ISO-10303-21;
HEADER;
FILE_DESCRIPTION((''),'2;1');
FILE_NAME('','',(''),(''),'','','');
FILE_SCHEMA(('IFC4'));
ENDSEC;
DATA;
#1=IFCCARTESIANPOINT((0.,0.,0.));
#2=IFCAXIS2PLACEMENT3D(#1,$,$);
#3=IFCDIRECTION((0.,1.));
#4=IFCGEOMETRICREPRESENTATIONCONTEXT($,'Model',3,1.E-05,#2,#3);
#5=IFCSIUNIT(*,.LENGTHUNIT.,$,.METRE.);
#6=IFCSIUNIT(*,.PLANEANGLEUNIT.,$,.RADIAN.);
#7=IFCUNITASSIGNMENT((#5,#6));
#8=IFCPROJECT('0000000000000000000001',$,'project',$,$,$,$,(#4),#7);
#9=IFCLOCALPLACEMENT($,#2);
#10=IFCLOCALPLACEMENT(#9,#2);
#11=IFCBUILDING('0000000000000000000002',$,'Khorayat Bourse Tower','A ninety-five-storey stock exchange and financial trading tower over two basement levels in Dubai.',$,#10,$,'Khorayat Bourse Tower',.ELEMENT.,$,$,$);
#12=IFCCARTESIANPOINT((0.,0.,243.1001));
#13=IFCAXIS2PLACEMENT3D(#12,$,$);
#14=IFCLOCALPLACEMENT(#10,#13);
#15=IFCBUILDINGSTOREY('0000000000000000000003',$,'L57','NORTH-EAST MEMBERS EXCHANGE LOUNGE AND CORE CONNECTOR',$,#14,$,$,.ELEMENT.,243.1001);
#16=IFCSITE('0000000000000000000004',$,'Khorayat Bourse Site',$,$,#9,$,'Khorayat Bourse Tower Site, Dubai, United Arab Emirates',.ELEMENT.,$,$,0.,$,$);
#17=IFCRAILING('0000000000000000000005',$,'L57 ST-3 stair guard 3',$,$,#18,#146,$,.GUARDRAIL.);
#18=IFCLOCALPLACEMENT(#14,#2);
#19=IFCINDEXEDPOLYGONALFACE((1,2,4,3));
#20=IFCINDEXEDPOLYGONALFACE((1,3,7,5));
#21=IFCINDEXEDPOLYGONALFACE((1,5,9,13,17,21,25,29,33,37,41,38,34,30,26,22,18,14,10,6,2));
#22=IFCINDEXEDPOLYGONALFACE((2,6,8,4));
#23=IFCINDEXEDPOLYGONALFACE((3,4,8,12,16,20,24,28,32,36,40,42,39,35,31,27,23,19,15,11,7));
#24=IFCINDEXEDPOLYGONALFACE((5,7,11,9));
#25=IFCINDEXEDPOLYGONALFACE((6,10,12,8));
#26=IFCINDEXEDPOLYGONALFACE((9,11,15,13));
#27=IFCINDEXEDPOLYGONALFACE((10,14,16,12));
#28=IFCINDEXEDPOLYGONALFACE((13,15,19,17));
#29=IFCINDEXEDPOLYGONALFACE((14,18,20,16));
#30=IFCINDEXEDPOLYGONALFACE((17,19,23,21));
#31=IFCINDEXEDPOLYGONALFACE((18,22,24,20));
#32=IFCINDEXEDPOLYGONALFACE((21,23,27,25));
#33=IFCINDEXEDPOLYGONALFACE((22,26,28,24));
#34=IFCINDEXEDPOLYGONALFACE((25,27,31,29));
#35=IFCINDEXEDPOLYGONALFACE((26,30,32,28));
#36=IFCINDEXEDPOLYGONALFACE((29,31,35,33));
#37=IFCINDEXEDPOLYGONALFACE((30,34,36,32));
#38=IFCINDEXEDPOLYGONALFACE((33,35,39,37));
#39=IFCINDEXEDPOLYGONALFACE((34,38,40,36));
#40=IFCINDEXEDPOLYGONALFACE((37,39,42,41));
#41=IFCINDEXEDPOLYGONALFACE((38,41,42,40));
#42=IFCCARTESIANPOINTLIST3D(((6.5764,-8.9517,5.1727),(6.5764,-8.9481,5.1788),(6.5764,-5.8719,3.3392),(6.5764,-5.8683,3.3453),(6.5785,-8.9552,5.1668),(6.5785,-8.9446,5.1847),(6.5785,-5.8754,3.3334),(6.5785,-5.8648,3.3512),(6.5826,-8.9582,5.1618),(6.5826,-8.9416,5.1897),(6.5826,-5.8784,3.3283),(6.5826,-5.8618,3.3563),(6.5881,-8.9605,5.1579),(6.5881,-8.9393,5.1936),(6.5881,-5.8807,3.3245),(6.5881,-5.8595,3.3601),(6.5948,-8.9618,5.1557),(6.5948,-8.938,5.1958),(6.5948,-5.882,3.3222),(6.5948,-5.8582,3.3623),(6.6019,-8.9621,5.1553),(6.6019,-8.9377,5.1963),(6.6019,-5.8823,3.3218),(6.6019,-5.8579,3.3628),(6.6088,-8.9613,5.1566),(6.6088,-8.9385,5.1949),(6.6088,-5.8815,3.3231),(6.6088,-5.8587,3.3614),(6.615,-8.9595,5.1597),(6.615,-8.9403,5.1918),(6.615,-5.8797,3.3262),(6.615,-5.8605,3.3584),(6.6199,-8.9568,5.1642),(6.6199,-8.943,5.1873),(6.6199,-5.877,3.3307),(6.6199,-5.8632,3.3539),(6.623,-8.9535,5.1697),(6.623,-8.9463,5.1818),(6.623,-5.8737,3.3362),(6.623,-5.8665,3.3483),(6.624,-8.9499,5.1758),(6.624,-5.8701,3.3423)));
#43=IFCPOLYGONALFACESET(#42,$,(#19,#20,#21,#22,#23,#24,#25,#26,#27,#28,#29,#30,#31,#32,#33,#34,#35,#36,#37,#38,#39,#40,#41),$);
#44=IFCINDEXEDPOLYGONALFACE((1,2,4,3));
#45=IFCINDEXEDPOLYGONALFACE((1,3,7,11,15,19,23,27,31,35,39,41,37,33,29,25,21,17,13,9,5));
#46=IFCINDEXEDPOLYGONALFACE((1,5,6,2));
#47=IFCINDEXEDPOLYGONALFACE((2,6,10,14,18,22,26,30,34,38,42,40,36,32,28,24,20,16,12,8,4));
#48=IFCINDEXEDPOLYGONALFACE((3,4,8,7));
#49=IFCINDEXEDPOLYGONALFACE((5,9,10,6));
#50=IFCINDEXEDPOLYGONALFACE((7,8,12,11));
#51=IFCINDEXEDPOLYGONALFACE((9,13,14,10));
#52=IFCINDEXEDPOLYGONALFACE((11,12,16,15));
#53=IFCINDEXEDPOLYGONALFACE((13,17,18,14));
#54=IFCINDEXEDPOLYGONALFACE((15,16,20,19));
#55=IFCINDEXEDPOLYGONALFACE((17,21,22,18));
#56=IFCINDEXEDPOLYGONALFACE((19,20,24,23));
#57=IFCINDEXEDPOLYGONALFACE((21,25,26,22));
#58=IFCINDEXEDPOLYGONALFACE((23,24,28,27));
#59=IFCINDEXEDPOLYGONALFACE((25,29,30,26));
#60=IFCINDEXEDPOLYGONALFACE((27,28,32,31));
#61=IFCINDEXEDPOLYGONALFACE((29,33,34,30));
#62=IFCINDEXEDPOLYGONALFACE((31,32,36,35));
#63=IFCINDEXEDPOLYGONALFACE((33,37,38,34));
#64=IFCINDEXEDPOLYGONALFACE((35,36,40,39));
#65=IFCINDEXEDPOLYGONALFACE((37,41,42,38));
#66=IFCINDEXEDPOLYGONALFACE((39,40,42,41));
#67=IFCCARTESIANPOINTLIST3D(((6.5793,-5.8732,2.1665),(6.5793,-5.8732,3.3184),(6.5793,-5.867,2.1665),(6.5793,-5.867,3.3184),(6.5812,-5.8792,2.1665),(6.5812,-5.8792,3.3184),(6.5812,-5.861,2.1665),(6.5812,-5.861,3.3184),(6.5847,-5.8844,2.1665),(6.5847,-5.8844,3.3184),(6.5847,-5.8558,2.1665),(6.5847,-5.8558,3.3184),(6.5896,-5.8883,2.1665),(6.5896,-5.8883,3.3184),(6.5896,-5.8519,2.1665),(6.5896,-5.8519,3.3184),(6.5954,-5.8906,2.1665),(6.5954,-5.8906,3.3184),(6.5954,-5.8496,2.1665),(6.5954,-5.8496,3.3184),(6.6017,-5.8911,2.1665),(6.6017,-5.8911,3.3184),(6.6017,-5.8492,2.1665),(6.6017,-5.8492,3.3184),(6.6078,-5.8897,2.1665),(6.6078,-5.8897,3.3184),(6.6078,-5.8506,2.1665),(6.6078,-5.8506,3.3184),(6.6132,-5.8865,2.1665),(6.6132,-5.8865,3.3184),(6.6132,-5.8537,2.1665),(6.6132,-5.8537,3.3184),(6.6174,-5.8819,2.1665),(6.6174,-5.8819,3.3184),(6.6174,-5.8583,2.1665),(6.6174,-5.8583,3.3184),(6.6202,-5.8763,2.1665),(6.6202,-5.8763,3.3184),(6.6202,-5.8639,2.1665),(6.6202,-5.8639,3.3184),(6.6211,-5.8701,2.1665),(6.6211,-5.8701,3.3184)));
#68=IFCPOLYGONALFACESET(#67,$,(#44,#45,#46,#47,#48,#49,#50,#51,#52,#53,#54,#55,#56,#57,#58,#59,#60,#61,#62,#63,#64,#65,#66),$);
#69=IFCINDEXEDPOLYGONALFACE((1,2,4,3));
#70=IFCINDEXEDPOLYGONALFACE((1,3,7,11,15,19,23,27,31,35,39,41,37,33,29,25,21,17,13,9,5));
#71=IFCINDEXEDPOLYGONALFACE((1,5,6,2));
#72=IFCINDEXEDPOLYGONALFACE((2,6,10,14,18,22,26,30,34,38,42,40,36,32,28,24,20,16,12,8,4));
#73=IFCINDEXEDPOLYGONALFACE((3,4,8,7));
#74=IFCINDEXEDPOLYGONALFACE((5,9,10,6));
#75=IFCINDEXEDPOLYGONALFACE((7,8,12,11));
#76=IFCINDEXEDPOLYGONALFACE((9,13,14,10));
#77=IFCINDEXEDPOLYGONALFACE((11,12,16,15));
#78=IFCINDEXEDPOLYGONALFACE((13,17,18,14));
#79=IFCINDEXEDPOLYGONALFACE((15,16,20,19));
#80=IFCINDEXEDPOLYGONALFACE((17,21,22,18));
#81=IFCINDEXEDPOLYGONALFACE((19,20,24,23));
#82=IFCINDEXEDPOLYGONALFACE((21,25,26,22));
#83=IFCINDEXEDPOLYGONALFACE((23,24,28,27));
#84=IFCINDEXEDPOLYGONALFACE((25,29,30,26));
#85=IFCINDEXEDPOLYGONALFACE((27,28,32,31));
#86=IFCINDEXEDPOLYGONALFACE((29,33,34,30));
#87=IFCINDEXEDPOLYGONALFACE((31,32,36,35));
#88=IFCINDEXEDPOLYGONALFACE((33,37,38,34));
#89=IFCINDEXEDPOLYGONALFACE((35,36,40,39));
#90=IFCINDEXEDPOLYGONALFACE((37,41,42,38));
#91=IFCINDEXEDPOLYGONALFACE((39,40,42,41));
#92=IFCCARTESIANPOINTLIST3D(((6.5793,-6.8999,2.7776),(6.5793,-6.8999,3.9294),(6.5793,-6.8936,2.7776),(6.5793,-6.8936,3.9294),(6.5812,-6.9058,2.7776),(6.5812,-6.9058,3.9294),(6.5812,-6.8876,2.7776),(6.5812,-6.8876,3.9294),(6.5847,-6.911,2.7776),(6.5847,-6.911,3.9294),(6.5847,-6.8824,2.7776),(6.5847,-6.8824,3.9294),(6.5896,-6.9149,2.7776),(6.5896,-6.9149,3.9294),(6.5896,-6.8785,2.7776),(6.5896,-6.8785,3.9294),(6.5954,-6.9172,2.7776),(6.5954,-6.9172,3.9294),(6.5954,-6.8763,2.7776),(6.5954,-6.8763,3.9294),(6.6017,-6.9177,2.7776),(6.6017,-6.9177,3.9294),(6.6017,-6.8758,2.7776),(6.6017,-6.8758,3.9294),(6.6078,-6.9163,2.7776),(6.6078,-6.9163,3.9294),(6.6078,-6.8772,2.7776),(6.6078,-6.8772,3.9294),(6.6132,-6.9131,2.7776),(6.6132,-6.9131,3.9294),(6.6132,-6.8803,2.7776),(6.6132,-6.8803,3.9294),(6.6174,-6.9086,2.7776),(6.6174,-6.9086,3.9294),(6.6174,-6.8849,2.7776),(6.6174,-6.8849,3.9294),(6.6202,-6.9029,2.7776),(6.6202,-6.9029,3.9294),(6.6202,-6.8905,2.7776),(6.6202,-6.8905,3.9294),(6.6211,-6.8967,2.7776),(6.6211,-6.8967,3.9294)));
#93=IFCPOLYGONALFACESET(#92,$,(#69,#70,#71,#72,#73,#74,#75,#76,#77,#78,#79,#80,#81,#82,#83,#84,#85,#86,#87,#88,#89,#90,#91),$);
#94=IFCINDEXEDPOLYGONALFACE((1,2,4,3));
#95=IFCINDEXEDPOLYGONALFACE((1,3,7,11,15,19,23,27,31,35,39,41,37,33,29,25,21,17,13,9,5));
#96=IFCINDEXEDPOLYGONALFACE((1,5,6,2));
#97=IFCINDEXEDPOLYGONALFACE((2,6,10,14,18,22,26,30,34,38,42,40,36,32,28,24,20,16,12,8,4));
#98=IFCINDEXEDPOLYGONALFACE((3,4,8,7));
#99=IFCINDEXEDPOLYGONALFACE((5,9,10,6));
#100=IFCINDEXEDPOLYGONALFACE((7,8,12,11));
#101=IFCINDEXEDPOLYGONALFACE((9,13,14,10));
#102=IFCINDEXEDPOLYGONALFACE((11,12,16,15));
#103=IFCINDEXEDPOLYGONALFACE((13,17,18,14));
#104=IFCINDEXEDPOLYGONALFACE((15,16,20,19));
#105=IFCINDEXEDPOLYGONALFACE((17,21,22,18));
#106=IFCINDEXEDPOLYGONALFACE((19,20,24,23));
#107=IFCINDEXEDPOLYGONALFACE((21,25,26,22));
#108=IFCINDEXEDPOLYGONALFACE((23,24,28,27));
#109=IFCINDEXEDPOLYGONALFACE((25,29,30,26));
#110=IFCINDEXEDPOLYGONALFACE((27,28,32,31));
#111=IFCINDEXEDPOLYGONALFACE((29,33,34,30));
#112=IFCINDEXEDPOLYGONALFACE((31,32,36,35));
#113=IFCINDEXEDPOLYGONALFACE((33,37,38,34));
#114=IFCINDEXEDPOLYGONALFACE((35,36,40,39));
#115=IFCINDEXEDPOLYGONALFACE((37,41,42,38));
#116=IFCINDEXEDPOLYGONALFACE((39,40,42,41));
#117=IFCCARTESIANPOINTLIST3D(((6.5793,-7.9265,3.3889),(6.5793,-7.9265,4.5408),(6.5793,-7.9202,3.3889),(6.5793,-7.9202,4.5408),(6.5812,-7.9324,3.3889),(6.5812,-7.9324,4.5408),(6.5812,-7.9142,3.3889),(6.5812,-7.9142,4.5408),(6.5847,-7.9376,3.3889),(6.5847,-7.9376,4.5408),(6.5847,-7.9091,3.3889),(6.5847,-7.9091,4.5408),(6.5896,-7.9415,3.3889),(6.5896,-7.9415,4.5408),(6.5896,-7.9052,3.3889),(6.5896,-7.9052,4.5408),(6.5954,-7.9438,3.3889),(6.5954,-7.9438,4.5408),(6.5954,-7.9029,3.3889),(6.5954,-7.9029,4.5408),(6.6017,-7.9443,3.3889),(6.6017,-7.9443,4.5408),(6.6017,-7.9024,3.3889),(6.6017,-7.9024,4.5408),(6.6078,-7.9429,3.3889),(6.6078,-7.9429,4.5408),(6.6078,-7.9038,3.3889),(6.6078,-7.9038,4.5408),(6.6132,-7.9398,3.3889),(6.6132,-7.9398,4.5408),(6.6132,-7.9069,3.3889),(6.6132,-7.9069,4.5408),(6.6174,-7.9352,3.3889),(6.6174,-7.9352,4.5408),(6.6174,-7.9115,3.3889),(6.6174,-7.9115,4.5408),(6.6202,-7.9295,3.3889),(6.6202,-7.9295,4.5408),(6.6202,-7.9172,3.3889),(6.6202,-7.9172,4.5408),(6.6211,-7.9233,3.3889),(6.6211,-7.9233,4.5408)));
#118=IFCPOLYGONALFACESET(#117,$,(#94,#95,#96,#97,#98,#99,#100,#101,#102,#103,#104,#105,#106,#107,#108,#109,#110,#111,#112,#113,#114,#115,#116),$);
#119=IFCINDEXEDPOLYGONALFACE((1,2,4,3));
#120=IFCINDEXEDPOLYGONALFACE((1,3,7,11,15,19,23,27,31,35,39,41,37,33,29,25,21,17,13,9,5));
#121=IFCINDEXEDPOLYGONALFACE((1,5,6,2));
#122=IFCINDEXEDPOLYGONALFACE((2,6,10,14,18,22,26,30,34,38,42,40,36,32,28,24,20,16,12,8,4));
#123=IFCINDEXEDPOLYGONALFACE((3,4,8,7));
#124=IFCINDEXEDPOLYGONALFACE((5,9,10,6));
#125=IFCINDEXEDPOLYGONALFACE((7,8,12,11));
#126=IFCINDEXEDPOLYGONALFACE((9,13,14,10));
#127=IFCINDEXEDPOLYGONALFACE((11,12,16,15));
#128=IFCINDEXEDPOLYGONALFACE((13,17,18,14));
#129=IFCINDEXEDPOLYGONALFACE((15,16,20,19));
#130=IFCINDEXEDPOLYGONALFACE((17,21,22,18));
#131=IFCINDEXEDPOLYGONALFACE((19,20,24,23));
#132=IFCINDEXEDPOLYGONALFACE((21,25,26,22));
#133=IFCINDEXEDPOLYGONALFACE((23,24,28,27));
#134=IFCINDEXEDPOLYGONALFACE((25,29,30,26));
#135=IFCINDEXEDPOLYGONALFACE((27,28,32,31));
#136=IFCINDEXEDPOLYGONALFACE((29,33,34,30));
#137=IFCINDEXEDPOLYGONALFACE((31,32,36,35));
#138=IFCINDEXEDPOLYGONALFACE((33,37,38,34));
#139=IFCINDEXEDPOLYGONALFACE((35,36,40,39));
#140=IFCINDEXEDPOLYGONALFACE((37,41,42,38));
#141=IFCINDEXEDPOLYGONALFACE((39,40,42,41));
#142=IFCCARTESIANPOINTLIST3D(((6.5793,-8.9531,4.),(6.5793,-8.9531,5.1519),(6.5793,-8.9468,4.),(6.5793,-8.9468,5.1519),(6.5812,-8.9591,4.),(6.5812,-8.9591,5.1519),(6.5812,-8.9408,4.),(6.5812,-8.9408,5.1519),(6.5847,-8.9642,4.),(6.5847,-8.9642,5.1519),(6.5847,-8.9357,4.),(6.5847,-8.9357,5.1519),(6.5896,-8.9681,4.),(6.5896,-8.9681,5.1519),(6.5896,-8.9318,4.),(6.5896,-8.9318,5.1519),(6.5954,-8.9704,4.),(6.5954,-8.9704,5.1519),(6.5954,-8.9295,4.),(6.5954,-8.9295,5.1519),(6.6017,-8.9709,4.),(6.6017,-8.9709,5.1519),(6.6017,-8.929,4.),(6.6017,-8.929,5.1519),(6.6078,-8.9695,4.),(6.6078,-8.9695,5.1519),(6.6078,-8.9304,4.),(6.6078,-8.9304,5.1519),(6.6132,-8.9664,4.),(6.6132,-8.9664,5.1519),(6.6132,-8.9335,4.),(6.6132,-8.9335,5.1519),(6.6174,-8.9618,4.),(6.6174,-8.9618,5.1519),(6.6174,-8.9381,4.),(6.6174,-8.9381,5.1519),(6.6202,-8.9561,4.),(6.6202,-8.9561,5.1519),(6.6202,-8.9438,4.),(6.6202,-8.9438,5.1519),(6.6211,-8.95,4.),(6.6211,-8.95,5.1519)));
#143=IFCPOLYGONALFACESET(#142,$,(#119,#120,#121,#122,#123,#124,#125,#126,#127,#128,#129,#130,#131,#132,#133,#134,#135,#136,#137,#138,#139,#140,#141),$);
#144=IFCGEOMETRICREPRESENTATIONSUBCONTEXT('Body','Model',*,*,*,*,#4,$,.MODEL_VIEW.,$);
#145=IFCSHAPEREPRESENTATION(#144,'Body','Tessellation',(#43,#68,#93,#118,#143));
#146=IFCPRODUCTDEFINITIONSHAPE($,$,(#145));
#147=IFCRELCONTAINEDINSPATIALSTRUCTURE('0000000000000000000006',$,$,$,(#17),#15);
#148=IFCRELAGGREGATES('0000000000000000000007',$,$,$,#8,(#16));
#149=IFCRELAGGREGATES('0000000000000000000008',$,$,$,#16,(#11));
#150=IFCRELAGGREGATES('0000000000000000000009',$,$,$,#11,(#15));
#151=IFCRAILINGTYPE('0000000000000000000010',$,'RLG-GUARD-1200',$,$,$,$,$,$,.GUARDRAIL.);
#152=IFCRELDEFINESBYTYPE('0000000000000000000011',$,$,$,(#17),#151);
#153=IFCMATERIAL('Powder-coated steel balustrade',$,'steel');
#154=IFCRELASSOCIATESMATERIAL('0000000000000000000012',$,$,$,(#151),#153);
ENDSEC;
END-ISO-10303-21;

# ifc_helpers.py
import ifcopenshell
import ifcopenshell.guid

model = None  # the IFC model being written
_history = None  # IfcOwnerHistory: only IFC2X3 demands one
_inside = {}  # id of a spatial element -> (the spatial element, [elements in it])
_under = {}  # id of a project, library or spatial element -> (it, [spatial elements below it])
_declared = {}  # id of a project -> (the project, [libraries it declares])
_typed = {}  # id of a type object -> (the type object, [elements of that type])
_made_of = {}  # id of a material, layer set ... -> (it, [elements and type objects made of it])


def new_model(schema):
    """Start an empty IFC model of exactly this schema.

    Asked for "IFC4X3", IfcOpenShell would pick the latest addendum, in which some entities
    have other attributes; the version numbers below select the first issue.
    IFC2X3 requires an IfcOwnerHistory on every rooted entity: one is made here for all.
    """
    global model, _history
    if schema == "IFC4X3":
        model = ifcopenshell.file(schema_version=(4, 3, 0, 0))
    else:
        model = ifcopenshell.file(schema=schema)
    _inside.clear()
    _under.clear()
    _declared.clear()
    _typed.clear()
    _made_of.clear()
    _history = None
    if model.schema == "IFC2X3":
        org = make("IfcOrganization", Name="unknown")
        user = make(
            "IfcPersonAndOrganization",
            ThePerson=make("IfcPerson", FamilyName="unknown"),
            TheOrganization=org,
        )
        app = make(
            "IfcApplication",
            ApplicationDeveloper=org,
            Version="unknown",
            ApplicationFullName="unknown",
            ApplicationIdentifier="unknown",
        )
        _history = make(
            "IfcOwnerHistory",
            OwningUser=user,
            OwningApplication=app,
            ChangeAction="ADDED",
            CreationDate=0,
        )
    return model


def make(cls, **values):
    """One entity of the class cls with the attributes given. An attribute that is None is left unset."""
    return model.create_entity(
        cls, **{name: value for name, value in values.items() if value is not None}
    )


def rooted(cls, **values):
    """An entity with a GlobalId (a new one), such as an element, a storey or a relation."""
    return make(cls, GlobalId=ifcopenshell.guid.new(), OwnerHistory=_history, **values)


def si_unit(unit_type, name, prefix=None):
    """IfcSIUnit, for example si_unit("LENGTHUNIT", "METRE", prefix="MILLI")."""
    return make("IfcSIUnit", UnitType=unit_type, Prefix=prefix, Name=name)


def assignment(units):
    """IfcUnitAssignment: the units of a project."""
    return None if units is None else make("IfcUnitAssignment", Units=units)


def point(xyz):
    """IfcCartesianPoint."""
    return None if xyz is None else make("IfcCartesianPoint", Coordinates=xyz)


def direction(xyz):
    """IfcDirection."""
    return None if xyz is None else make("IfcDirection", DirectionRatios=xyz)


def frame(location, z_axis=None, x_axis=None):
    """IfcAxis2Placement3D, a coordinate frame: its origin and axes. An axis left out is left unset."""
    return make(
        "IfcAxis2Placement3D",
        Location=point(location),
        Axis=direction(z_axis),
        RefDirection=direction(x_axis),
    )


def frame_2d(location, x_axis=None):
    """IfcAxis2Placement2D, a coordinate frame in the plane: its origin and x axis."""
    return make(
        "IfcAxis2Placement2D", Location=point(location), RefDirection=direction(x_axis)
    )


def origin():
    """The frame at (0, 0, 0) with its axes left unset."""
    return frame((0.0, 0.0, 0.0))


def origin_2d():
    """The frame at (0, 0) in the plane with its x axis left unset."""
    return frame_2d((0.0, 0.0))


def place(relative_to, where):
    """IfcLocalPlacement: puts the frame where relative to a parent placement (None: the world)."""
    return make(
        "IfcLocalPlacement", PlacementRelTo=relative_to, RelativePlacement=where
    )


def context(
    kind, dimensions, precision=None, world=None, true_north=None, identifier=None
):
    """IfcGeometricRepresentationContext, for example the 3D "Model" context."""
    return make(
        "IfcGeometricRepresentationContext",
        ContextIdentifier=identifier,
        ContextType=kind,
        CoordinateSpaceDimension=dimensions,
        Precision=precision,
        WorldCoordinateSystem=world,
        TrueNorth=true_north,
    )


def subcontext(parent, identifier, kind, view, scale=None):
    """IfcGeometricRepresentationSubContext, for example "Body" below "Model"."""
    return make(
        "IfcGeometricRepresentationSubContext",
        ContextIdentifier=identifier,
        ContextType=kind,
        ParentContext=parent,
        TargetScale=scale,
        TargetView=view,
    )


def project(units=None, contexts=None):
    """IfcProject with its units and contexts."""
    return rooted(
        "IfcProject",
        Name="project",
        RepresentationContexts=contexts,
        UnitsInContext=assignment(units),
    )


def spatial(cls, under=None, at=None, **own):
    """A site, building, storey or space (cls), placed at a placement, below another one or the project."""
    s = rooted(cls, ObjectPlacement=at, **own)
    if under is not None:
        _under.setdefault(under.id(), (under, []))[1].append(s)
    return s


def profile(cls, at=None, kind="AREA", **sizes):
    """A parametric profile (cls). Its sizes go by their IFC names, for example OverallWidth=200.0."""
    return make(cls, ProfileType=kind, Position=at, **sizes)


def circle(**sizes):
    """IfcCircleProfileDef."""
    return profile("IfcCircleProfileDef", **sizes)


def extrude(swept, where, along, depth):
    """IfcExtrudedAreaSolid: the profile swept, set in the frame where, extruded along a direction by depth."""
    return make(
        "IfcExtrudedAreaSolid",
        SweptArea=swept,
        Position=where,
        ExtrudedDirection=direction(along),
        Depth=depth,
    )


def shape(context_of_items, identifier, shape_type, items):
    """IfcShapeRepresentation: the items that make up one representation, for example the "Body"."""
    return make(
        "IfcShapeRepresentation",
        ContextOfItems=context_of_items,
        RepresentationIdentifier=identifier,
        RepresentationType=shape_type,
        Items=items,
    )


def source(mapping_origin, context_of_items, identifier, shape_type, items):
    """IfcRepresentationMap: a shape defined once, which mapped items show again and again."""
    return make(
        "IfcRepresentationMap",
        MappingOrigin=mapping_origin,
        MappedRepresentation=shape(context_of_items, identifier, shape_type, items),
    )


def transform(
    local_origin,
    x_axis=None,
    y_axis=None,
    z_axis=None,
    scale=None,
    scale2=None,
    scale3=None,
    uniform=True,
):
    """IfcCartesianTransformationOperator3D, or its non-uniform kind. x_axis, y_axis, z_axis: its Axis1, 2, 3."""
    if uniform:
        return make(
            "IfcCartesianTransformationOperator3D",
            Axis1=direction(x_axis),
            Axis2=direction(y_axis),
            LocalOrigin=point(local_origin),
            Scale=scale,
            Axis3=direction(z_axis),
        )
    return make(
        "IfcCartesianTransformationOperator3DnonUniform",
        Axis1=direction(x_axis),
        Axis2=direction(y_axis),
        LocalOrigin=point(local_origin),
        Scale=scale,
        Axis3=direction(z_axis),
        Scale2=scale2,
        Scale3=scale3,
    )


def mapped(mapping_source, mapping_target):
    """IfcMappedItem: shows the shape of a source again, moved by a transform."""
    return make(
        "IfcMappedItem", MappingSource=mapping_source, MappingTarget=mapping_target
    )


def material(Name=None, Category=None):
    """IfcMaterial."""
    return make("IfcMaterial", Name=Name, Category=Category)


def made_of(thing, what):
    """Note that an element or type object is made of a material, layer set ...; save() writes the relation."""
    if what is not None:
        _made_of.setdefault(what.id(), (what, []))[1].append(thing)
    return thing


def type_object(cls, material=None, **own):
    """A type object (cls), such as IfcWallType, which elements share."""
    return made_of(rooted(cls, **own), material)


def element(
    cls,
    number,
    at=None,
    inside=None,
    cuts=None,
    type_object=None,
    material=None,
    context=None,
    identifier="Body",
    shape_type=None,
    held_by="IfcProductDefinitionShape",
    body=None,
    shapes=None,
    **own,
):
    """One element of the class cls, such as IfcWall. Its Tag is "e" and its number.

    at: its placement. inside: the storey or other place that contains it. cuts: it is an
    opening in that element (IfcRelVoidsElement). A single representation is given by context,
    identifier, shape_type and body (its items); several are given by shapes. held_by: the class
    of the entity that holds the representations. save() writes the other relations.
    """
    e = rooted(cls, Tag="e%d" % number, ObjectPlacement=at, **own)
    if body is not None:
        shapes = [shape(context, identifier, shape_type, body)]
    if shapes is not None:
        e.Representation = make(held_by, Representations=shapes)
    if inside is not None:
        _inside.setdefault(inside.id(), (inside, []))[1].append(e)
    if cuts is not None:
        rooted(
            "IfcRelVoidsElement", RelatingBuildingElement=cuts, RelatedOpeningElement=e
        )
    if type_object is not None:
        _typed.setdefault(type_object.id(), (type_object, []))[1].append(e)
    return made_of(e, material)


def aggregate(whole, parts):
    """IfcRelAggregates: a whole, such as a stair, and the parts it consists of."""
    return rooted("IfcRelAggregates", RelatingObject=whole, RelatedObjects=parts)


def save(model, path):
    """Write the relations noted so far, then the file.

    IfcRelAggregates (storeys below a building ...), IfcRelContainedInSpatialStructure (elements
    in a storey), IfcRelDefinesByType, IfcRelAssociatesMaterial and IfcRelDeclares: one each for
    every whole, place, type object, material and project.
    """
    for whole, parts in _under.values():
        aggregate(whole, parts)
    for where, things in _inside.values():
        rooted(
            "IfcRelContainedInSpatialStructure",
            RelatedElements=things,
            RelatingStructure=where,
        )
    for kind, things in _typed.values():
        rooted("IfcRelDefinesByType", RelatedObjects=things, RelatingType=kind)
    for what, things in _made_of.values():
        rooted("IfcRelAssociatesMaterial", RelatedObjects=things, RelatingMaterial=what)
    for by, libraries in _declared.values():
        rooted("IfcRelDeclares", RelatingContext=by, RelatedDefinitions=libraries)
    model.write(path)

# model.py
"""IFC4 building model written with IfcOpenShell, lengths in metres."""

from ifc_helpers import new_model, si_unit, direction, frame, origin, origin_2d, place, context, subcontext, project, spatial, circle, extrude, source, transform, mapped, material, type_object, element, save


model = new_model("IFC4")

# Units and contexts
model_context = context("Model", 3, precision=1e-05, world=origin(), true_north=direction((0.0, 1.0)))
body_context = subcontext(model_context, "Body", "Model", "MODEL_VIEW")
ifc_project = project(units=[si_unit("LENGTHUNIT", "METRE"), si_unit("PLANEANGLEUNIT", "RADIAN")], contexts=[model_context])

# Site, building, storey
site_placement = place(None, origin())
site = spatial("IfcSite", under=ifc_project, at=site_placement, Name="Khorayat Bourse Site", LongName="Khorayat Bourse Tower Site, Dubai, United Arab Emirates", CompositionType="ELEMENT", RefElevation=0.0)
building_placement = place(site_placement, origin())
building = spatial("IfcBuilding", under=site, at=building_placement, Name="Khorayat Bourse Tower", Description="A ninety-five-storey stock exchange and financial trading tower over two basement levels in Dubai.", LongName="Khorayat Bourse Tower", CompositionType="ELEMENT")
storey_placement = place(building_placement, frame((0.0, 0.0, 243.1001)))
storey = spatial("IfcBuildingStorey", under=building, at=storey_placement, Name="L57", Description="NORTH-EAST MEMBERS EXCHANGE LOUNGE AND CORE CONNECTOR", CompositionType="ELEMENT", Elevation=243.1001)

# Railing
ifc_material_1 = material(Name="Powder-coated steel balustrade", Category="steel")
railing_type_1 = type_object("IfcRailingType", Name="RLG-GUARD-1200", PredefinedType="GUARDRAIL", material=ifc_material_1)
shared_shape_1 = source(origin(), body_context, "Body", "SweptSolid", [
    extrude(circle(Radius=0.0239, at=origin_2d()), frame((0.0, 0.0, 1.1758), z_axis=(0.0, -0.859261, 0.511538), x_axis=(1.0, 0.0, 0.0)), (0.0, 0.0, 1.0), 3.5842),
    extrude(circle(Radius=0.021, at=origin_2d()), origin(), (0.0, 0.0, 1.0), 1.1519),
    extrude(circle(Radius=0.021, at=origin_2d()), frame((0.0, -1.0266, 0.6111)), (0.0, 0.0, 1.0), 1.1519),
    extrude(circle(Radius=0.021, at=origin_2d()), frame((0.0, -2.0532, 1.2224)), (0.0, 0.0, 1.0), 1.1519),
    extrude(circle(Radius=0.021, at=origin_2d()), frame((0.0, -3.0798, 1.8335)), (0.0, 0.0, 1.0), 1.1519),
])
railing_1_placement = place(storey_placement, frame((6.6001, -5.8701, 2.1665)))
element("IfcRailing", 1, at=railing_1_placement, inside=storey, type_object=railing_type_1, Name="L57 ST-3 stair guard 3", PredefinedType="GUARDRAIL", context=body_context, shape_type="MappedRepresentation", body=[
    mapped(shared_shape_1, transform((0.0, 0.0, 0.0), scale=1.0)),
])

save(model, "model.ifc")
